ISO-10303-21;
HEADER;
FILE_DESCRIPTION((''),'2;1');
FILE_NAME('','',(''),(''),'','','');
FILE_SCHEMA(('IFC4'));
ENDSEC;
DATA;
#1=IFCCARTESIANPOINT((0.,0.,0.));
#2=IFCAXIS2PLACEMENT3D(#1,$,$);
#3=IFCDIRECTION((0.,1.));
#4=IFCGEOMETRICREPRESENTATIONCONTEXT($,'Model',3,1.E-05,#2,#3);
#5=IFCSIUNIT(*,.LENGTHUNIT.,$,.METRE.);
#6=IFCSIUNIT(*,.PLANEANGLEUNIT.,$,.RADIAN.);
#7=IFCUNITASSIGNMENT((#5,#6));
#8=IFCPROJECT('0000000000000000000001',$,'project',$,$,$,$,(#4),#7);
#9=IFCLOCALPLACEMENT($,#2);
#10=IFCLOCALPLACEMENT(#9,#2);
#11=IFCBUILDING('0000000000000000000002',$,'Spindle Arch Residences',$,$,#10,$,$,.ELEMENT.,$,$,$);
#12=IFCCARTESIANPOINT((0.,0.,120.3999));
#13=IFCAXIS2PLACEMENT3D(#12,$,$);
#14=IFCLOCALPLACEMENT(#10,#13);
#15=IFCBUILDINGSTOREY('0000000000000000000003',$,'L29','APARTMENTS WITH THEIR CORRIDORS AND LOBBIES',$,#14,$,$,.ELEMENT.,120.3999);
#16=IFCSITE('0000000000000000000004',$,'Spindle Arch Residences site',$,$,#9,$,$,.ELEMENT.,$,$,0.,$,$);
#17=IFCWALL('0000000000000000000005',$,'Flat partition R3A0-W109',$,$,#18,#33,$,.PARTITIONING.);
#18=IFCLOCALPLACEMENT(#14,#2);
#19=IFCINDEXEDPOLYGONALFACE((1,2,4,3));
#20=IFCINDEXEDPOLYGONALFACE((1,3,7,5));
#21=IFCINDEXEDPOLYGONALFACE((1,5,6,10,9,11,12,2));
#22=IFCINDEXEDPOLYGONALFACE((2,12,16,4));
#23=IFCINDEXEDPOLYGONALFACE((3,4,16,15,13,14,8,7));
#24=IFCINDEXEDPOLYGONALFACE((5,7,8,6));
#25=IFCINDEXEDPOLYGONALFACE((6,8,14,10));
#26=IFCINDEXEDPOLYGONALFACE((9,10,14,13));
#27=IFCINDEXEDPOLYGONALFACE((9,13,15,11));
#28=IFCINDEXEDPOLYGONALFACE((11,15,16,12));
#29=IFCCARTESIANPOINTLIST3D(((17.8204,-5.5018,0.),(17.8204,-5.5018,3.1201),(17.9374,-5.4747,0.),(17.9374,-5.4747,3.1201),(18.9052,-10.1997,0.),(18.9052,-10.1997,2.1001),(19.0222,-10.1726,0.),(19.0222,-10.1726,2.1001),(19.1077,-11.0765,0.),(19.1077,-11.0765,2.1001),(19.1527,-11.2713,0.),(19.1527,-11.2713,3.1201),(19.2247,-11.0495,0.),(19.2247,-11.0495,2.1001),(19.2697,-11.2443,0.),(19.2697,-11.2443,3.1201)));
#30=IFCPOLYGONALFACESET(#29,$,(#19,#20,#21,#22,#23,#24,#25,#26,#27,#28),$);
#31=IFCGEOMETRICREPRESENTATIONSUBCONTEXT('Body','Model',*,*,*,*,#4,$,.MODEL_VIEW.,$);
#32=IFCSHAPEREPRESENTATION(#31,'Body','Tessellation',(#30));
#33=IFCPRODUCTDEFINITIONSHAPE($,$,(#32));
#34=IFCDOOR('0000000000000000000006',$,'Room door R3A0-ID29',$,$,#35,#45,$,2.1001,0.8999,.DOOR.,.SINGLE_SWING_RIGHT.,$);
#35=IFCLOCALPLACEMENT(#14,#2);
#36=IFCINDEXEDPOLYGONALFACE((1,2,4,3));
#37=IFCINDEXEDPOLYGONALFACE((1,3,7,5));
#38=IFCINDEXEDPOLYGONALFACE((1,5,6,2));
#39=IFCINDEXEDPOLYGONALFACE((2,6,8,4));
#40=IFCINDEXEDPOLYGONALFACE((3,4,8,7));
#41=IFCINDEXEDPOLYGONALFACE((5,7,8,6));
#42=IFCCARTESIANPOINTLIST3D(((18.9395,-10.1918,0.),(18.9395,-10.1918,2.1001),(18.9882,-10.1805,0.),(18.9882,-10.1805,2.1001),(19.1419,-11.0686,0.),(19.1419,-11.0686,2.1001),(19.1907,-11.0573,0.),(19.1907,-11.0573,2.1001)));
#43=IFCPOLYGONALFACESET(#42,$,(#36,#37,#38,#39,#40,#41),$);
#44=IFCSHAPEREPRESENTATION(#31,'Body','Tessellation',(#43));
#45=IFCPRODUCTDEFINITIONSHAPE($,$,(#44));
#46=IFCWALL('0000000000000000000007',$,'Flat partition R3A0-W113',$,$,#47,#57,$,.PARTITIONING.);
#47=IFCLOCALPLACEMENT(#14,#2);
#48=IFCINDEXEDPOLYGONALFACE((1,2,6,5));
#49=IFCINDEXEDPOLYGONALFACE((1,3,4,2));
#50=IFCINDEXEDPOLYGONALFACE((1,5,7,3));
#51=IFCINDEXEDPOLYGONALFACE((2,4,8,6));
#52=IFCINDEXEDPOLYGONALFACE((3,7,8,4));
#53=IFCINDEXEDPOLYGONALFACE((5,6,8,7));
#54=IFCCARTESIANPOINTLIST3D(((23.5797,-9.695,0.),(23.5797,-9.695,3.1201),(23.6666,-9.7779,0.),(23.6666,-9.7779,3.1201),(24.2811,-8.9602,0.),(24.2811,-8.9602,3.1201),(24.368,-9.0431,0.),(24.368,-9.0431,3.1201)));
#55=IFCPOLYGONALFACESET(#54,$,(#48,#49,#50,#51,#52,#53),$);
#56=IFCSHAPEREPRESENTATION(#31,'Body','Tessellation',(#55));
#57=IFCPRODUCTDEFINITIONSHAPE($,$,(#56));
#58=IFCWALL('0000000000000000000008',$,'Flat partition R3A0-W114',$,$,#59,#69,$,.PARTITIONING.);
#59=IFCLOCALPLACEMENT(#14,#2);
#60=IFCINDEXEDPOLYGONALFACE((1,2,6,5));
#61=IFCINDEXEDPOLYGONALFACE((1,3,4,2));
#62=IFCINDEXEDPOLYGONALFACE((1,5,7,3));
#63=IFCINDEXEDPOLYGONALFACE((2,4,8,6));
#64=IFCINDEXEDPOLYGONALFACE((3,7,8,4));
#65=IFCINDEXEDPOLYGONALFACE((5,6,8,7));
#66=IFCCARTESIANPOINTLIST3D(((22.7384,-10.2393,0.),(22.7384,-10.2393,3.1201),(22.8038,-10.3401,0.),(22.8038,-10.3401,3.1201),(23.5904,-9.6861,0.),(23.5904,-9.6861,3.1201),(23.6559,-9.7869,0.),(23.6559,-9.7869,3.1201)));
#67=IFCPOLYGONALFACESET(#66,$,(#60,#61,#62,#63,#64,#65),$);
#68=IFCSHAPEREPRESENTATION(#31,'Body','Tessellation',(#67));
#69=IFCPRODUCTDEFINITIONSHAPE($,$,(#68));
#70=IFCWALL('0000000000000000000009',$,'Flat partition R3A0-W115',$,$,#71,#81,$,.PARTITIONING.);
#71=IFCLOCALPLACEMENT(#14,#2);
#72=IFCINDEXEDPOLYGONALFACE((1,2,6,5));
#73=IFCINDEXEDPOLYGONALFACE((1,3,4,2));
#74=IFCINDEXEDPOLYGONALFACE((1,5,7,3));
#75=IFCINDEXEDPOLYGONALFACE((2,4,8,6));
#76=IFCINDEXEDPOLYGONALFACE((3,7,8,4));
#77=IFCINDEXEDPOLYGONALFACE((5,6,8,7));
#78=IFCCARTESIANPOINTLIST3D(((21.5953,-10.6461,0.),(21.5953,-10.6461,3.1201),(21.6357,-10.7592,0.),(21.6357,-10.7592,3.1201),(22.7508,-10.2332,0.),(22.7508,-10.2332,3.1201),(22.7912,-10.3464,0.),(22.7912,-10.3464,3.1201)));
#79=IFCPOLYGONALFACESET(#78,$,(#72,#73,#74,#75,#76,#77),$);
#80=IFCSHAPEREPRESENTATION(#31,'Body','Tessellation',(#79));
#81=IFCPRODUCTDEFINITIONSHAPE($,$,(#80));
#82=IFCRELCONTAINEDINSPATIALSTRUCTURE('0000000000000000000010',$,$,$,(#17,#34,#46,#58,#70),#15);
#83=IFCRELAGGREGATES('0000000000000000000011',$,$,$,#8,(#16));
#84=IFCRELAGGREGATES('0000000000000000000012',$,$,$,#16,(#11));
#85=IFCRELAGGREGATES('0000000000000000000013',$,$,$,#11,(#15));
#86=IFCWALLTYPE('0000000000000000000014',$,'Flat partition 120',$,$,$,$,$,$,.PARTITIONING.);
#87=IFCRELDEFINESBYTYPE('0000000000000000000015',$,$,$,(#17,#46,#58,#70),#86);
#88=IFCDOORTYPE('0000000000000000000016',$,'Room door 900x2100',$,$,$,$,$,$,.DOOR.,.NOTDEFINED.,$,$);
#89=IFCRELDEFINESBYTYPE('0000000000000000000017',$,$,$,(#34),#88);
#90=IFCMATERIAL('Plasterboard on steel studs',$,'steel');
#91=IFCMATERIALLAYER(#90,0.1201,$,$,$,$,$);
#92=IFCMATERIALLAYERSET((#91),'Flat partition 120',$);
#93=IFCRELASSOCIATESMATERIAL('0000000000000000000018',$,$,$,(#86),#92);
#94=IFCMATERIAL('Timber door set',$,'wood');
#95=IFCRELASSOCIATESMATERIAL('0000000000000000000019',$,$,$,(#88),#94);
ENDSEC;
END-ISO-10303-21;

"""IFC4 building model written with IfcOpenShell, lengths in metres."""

from ifc_helpers import new_model, si_unit, direction, frame, frame_2d, origin, place, context, subcontext, project, spatial, rectangle, extrude, material, layer, layer_set, type_object, element, fill, save


model = new_model("IFC4")

# Units and contexts
model_context = context("Model", 3, precision=1e-05, world=origin(), true_north=direction((0.0, 1.0)))
body_context = subcontext(model_context, "Body", "Model", "MODEL_VIEW")
ifc_project = project(units=[si_unit("LENGTHUNIT", "METRE"), si_unit("PLANEANGLEUNIT", "RADIAN")], contexts=[model_context])

# Site, building, storey
site_placement = place(None, origin())
site = spatial("IfcSite", under=ifc_project, at=site_placement, Name="Spindle Arch Residences site", CompositionType="ELEMENT", RefElevation=0.0)
building_placement = place(site_placement, origin())
building = spatial("IfcBuilding", under=site, at=building_placement, Name="Spindle Arch Residences", CompositionType="ELEMENT")
storey_placement = place(building_placement, frame((0.0, 0.0, 120.3999)))
storey = spatial("IfcBuildingStorey", under=building, at=storey_placement, Name="L29", Description="APARTMENTS WITH THEIR CORRIDORS AND LOBBIES", CompositionType="ELEMENT", Elevation=120.3999)

# Wall, opening, door
ifc_material_1 = material(Name="Plasterboard on steel studs", Category="steel")
ifc_layer_1 = layer(ifc_material_1, 0.1201)
ifc_layer_set_1 = layer_set([ifc_layer_1], Name="Flat partition 120")
wall_type = type_object("IfcWallType", Name="Flat partition 120", PredefinedType="PARTITIONING", material=ifc_layer_set_1)
wall_1_placement = place(storey_placement, frame((19.2112, -11.2578, 0.0), z_axis=(0.0, 0.0, 1.0), x_axis=(-0.224995, 0.97436, 0.0)))
wall_1 = element("IfcWall", 1, at=wall_1_placement, inside=storey, type_object=wall_type, Name="Flat partition R3A0-W109", PredefinedType="PARTITIONING", context=body_context, shape_type="SweptSolid", body=[
    extrude(rectangle(XDim=5.9214, YDim=0.1201, at=frame_2d((2.9607, 0.0))), origin(), (0.0, 0.0, 1.0), 3.1201),
])
opening_placement = place(wall_1_placement, frame((0.2, 0.0, 0.0)))
opening = element("IfcOpeningElement", 2, at=opening_placement, cuts=wall_1, PredefinedType="OPENING", context=body_context, shape_type="SweptSolid", body=[
    extrude(rectangle(XDim=0.8999, YDim=2.1001, at=frame_2d((0.45, 1.05))), frame((0.0, 0.0701, 0.0), z_axis=(0.0, -1.0, 0.0), x_axis=(1.0, 0.0, 0.0)), (0.0, 0.0, 1.0), 0.1401),
])
ifc_material_2 = material(Name="Timber door set", Category="wood")
door_type = type_object("IfcDoorType", Name="Room door 900x2100", OperationType="NOTDEFINED", PredefinedType="DOOR", material=ifc_material_2)
door_placement = place(opening_placement, origin())
door = element("IfcDoor", 3, at=door_placement, inside=storey, type_object=door_type, Name="Room door R3A0-ID29", OperationType="SINGLE_SWING_RIGHT", OverallHeight=2.1001, OverallWidth=0.8999, PredefinedType="DOOR", context=body_context, shape_type="SweptSolid", body=[
    extrude(rectangle(XDim=0.8999, YDim=2.1001, at=frame_2d((0.45, 1.05))), frame((0.0, 0.0249, 0.0), z_axis=(0.0, -1.0, 0.0), x_axis=(1.0, 0.0, 0.0)), (0.0, 0.0, 1.0), 0.05),
])
fill(opening, door)

# Walls
for number, where, z_axis, x_axis, name in (
    (4, (24.3245, -9.0017, 0.0), (0.0, 0.0, 1.0), (-0.690453, -0.723377, 0.0), "Flat partition R3A0-W113"),
    (5, (23.623, -9.7366, 0.0), (0.0, 0.0, 1.0), (-0.838718, -0.544566, 0.0), "Flat partition R3A0-W114"),
):
    element("IfcWall", number, at=place(storey_placement, frame(where, z_axis=z_axis, x_axis=x_axis)), inside=storey, type_object=wall_type, Name=name, PredefinedType="PARTITIONING", context=body_context, shape_type="SweptSolid", body=[
        extrude(rectangle(XDim=1.0159, YDim=0.1201, at=frame_2d((0.5078, 0.0))), origin(), (0.0, 0.0, 1.0), 3.1201),
    ])
wall_2_placement = place(storey_placement, frame((22.771, -10.2898, 0.0), z_axis=(0.0, 0.0, 1.0), x_axis=(-0.941701, -0.33645, 0.0)))
element("IfcWall", 6, at=wall_2_placement, inside=storey, type_object=wall_type, Name="Flat partition R3A0-W115", PredefinedType="PARTITIONING", context=body_context, shape_type="SweptSolid", body=[
    extrude(rectangle(XDim=1.2271, YDim=0.1201, at=frame_2d((0.6135, 0.0))), origin(), (0.0, 0.0, 1.0), 3.1201),
])

save(model, "model.ifc")
